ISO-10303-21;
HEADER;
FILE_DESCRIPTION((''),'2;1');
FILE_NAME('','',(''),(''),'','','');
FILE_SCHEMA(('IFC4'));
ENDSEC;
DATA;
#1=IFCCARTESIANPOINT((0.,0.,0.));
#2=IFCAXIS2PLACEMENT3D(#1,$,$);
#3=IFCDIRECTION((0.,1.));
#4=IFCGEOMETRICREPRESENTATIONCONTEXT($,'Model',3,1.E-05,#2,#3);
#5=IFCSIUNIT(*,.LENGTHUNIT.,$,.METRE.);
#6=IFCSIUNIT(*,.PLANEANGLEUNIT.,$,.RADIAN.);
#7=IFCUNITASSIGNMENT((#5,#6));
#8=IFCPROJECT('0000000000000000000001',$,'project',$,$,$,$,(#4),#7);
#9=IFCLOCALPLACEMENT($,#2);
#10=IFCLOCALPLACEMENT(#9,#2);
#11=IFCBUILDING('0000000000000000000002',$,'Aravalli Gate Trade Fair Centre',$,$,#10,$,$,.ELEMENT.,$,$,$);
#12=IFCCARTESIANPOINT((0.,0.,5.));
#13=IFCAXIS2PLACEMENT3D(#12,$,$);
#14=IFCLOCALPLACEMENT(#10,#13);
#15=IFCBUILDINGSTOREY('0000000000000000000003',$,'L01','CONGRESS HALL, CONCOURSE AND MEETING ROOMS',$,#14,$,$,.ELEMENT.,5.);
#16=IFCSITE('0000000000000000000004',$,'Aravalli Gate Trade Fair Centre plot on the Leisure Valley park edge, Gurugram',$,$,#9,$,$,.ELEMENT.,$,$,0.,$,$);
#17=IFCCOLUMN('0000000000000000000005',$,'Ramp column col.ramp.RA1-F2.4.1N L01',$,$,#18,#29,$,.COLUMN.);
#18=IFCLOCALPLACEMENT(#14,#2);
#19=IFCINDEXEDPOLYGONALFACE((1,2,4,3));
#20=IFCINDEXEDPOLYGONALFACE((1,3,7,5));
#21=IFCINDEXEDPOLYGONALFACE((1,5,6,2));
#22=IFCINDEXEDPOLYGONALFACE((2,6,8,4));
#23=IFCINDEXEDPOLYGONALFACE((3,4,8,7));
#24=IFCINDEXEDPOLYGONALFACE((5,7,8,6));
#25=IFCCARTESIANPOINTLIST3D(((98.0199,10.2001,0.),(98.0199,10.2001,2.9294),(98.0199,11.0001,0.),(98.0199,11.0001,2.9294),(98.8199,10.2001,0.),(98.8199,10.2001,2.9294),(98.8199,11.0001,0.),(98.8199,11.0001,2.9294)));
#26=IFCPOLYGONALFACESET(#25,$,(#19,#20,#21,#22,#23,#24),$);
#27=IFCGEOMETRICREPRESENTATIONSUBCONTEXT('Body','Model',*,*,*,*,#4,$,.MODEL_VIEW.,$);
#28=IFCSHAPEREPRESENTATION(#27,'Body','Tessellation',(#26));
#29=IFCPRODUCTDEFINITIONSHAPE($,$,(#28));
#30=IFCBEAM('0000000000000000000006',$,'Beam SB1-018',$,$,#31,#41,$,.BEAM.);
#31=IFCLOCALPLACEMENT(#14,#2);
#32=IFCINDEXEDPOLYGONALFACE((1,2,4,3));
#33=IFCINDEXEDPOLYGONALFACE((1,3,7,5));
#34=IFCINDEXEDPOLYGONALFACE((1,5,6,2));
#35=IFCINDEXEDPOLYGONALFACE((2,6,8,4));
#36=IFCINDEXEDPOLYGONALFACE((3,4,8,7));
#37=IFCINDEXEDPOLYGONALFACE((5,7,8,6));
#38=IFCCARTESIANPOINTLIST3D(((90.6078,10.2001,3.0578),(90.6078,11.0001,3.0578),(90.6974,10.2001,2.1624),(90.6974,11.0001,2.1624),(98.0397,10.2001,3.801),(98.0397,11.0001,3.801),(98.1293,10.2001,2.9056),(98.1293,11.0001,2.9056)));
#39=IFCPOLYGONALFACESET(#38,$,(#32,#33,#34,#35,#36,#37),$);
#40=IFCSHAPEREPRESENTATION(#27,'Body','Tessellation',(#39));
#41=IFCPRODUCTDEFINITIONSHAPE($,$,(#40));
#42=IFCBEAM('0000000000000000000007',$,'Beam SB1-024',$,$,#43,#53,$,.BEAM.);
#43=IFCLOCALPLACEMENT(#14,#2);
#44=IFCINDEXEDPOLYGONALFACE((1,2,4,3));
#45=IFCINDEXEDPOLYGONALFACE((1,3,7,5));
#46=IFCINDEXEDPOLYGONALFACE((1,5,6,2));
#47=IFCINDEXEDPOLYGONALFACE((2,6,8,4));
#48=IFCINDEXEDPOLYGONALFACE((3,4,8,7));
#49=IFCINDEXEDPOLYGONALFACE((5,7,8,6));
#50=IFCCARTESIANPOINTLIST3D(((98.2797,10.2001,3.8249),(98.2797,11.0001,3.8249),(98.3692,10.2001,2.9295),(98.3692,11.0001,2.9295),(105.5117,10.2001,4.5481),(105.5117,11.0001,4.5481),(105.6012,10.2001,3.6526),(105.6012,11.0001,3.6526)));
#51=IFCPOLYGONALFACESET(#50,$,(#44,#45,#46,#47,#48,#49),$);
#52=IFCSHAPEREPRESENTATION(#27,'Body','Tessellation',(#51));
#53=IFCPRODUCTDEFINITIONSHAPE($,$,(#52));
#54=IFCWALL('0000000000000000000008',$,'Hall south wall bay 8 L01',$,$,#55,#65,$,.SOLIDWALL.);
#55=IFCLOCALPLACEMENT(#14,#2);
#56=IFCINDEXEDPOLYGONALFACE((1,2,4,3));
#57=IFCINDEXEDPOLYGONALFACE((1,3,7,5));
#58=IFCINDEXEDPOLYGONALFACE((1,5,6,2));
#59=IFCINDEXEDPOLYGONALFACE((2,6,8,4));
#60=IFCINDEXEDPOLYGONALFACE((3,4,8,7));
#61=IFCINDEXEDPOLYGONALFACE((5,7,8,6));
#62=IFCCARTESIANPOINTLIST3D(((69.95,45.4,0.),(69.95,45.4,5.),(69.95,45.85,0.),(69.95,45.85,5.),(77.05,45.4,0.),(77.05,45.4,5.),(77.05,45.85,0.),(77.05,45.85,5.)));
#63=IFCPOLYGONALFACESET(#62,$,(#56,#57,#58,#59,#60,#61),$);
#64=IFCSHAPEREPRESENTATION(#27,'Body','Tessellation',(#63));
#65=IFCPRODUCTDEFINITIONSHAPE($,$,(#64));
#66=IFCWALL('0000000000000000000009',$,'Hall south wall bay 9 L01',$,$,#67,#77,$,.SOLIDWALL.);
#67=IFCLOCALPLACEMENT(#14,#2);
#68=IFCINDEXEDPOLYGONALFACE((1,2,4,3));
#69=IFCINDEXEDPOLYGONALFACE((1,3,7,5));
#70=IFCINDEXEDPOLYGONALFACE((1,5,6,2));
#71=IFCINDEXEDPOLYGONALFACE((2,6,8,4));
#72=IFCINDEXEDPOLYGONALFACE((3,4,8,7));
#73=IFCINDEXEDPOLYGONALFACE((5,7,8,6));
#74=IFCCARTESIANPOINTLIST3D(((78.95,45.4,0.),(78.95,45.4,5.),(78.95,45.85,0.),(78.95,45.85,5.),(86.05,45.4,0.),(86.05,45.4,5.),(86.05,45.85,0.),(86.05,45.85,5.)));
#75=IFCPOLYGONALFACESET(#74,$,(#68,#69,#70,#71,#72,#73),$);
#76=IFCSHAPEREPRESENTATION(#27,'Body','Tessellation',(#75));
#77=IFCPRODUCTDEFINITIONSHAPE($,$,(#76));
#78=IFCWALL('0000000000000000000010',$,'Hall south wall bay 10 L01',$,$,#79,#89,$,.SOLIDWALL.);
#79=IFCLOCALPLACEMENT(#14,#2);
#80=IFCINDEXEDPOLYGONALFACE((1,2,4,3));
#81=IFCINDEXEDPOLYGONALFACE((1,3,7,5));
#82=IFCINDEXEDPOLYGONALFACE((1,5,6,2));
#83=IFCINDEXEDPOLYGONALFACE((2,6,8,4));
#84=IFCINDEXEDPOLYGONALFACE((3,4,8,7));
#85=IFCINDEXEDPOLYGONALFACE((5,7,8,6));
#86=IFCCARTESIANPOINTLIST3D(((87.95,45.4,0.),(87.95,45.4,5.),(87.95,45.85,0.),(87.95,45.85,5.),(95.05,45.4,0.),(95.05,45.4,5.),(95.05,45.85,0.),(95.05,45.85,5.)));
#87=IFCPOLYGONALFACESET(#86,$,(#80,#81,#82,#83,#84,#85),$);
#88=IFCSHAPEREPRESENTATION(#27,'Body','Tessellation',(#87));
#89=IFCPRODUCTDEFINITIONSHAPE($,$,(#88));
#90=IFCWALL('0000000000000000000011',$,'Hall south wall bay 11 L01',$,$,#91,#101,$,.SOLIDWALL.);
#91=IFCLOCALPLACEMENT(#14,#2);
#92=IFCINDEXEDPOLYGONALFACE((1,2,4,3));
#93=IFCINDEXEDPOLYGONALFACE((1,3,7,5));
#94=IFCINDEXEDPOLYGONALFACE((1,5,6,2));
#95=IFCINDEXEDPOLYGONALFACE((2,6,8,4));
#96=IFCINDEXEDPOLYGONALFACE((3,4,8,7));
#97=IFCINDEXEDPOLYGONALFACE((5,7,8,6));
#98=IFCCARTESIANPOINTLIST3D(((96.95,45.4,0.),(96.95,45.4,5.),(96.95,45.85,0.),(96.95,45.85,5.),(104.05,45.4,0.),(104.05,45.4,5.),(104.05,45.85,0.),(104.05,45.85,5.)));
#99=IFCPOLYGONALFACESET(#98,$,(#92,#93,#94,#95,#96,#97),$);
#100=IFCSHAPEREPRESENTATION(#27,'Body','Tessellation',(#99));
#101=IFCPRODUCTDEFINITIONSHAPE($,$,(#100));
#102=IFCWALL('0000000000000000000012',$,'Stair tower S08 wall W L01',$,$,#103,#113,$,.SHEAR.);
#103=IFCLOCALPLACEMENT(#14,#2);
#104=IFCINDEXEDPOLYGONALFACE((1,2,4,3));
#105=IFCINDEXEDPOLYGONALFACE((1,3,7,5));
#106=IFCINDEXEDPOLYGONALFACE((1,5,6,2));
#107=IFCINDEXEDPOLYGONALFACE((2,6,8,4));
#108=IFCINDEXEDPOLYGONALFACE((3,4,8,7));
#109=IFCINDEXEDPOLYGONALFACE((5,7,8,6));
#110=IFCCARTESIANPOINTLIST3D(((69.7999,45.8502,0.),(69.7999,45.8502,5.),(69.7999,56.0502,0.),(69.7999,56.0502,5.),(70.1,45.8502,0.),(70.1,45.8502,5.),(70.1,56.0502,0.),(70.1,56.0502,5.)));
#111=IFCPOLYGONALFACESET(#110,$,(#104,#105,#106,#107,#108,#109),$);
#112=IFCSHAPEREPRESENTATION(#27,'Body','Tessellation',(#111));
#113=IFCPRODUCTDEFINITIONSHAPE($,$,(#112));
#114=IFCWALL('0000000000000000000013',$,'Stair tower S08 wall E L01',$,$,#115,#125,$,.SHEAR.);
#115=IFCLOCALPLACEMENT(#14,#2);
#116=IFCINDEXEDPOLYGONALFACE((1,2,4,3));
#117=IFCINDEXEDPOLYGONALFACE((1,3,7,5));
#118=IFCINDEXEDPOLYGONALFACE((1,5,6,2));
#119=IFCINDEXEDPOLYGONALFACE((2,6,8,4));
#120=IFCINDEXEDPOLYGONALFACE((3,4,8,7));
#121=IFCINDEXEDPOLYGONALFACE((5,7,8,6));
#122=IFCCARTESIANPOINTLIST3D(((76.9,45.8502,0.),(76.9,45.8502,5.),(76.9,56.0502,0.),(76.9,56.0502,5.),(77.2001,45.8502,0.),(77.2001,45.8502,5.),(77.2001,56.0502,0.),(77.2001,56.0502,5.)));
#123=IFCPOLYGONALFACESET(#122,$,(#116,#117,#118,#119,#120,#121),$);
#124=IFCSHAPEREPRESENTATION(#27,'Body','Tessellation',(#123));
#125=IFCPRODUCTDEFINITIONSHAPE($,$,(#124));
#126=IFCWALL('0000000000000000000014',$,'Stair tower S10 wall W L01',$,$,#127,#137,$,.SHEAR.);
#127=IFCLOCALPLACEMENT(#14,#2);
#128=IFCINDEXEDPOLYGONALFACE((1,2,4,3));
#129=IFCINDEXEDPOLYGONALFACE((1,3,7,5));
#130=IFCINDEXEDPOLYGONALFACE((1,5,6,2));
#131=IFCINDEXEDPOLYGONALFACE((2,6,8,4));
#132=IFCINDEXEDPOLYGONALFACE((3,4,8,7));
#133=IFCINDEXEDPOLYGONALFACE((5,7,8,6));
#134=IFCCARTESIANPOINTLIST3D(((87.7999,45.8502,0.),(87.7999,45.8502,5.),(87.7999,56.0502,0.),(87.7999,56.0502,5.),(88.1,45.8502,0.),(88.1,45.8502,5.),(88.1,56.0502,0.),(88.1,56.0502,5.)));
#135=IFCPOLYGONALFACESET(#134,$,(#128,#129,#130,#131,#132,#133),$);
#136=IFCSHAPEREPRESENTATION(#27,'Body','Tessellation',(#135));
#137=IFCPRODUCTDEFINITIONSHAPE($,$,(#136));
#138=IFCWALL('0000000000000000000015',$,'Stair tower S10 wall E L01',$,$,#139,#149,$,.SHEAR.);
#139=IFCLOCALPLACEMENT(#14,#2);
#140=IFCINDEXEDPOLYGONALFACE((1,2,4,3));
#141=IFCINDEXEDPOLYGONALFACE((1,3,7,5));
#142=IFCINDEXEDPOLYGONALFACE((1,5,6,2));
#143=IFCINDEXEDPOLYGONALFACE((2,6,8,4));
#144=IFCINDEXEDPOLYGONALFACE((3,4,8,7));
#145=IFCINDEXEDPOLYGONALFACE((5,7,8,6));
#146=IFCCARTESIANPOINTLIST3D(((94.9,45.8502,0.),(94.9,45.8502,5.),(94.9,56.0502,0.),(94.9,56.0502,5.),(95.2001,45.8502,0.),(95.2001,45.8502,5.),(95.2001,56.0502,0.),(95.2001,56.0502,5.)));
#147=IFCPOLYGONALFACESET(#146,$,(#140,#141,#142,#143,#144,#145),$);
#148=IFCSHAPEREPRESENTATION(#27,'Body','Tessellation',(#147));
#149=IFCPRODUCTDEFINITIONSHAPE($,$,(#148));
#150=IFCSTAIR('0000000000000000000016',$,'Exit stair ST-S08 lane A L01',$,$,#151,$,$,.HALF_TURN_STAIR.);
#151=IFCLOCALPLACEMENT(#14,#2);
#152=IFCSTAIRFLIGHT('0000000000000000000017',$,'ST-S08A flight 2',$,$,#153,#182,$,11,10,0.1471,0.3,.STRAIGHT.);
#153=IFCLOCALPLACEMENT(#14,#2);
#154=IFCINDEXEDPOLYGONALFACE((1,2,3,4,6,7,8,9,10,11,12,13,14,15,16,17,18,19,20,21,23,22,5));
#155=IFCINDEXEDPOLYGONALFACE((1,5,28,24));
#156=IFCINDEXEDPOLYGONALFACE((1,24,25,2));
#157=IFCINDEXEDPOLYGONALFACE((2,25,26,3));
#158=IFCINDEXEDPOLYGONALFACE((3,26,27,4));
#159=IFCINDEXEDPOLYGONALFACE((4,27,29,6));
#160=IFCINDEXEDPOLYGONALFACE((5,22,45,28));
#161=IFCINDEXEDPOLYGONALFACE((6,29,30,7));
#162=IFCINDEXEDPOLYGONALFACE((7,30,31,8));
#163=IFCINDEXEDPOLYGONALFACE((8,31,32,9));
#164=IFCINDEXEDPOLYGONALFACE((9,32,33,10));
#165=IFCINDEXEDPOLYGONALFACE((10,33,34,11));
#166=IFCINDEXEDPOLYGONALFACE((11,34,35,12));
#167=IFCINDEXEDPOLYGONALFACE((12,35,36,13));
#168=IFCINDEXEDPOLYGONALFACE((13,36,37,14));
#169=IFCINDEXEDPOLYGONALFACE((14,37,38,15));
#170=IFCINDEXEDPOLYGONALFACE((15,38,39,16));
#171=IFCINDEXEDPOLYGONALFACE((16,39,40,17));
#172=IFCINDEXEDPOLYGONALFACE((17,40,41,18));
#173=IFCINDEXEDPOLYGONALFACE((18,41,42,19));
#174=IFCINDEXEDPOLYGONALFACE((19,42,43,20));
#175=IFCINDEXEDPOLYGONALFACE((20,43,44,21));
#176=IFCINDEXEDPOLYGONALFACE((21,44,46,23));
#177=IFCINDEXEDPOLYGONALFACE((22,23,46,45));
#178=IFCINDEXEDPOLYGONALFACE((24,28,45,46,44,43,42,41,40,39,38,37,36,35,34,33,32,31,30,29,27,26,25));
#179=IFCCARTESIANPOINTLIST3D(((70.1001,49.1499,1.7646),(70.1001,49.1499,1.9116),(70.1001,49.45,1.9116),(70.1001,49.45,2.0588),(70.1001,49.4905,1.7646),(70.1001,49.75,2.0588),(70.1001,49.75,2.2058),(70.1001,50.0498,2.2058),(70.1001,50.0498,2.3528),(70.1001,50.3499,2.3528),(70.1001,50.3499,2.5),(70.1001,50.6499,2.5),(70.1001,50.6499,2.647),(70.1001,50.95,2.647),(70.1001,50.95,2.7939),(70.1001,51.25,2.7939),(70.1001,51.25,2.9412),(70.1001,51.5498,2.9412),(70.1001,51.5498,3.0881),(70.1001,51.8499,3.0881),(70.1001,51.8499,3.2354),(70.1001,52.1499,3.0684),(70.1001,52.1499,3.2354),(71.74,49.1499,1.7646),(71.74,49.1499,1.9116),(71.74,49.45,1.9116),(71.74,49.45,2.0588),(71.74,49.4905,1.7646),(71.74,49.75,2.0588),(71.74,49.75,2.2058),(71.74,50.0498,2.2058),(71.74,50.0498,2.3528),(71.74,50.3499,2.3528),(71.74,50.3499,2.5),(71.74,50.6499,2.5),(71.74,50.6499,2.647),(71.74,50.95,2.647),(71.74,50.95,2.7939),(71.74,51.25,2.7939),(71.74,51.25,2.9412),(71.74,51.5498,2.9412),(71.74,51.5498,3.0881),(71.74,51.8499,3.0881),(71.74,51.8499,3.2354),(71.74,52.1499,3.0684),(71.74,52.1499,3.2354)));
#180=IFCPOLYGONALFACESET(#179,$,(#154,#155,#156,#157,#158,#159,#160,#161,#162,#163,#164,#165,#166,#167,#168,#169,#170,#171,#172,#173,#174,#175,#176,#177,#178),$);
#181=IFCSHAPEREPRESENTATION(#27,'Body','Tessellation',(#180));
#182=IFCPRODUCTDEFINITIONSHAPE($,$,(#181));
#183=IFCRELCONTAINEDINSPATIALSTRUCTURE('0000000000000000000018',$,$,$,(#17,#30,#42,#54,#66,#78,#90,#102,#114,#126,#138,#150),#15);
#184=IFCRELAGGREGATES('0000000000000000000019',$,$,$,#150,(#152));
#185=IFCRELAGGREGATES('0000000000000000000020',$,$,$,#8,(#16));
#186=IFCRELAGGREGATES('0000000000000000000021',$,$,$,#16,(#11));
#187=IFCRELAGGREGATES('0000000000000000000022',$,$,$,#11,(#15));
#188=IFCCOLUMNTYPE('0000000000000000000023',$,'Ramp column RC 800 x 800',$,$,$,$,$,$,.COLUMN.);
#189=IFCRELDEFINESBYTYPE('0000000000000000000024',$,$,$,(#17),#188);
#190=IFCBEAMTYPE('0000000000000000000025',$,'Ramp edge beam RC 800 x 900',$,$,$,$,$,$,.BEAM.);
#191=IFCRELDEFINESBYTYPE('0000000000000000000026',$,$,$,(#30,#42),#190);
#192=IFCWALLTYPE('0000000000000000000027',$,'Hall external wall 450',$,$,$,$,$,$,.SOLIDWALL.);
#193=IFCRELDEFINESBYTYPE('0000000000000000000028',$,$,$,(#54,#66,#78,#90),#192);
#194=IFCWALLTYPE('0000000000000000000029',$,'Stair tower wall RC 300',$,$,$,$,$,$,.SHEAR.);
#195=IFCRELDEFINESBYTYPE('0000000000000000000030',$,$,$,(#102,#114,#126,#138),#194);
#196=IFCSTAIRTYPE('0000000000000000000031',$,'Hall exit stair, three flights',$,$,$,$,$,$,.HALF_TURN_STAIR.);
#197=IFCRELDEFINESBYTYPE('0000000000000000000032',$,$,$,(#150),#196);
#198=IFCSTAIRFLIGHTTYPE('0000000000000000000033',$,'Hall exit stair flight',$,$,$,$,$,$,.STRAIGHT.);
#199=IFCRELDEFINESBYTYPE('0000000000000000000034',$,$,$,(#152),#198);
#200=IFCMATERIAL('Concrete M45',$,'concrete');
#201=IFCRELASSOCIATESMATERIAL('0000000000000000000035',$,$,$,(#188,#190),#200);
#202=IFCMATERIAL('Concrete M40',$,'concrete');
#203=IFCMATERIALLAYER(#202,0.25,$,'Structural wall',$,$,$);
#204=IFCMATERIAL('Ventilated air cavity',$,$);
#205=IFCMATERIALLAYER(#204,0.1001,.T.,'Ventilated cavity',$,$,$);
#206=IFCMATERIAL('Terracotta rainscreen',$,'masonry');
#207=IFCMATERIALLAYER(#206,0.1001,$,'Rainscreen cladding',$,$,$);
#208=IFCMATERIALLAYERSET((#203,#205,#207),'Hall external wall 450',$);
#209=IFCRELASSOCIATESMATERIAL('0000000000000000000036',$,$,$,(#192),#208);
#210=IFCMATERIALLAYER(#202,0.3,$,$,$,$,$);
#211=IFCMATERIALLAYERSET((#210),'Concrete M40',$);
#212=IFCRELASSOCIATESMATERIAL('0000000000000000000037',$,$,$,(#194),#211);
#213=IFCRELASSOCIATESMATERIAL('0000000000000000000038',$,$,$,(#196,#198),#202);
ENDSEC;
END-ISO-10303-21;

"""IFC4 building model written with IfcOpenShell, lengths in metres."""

from ifc_helpers import new_model, si_unit, direction, frame, frame_2d, origin, origin_2d, place, context, subcontext, project, spatial, polyline, rectangle, outline, extrude, material, layer, layer_set, material_profile, profile_set, type_object, element, aggregate, save


model = new_model("IFC4")

# Units and contexts
model_context = context("Model", 3, precision=1e-05, world=origin(), true_north=direction((0.0, 1.0)))
body_context = subcontext(model_context, "Body", "Model", "MODEL_VIEW")
ifc_project = project(units=[si_unit("LENGTHUNIT", "METRE"), si_unit("PLANEANGLEUNIT", "RADIAN")], contexts=[model_context])

# Site, building, storey
site_placement = place(None, origin())
site = spatial("IfcSite", under=ifc_project, at=site_placement, Name="Aravalli Gate Trade Fair Centre plot on the Leisure Valley park edge, Gurugram", CompositionType="ELEMENT", RefElevation=0.0)
building_placement = place(site_placement, origin())
building = spatial("IfcBuilding", under=site, at=building_placement, Name="Aravalli Gate Trade Fair Centre", CompositionType="ELEMENT")
storey_placement = place(building_placement, frame((0.0, 0.0, 5.0)))
storey = spatial("IfcBuildingStorey", under=building, at=storey_placement, Name="L01", Description="CONGRESS HALL, CONCOURSE AND MEETING ROOMS", CompositionType="ELEMENT", Elevation=5.0)

# Column
ifc_material_1 = material(Name="Concrete M45", Category="concrete")
ifc_material_profile_1 = material_profile(ifc_material_1, rectangle(XDim=0.8, YDim=0.8, at=origin_2d()), Name="Ramp column RC 800 x 800")
ifc_profile_set_1 = profile_set([ifc_material_profile_1], Name="Concrete M45")
column_type_1 = type_object("IfcColumnType", Name="Ramp column RC 800 x 800", PredefinedType="COLUMN", material=ifc_profile_set_1)
column_1_placement = place(storey_placement, frame((98.4199, 10.6001, 0.0), z_axis=(0.0, 0.0, 1.0), x_axis=(1.0, 0.0, 0.0)))
element("IfcColumn", 1, at=column_1_placement, inside=storey, type_object=column_type_1, Name="Ramp column col.ramp.RA1-F2.4.1N L01", PredefinedType="COLUMN", context=body_context, shape_type="SweptSolid", body=[
    extrude(rectangle(XDim=0.8, YDim=0.8, at=origin_2d()), origin(), (0.0, 0.0, 1.0), 2.9294),
])

# Beams
ifc_material_profile_2 = material_profile(ifc_material_1, rectangle(XDim=0.8, YDim=0.8999, at=origin_2d()), Name="Ramp edge beam RC 800 x 900")
ifc_profile_set_2 = profile_set([ifc_material_profile_2], Name="Concrete M45")
beam_type = type_object("IfcBeamType", Name="Ramp edge beam RC 800 x 900", PredefinedType="BEAM", material=ifc_profile_set_2)
beam_1_placement = place(storey_placement, frame((90.6526, 10.6001, 2.6101), z_axis=(0.995038, 0.0, 0.0995), x_axis=(0.0, 1.0, 0.0)))
element("IfcBeam", 2, at=beam_1_placement, inside=storey, type_object=beam_type, Name="Beam SB1-018", PredefinedType="BEAM", context=body_context, shape_type="SweptSolid", body=[
    extrude(rectangle(XDim=0.8, YDim=0.8999, at=origin_2d()), origin(), (0.0, 0.0, 1.0), 7.469),
])
beam_2_placement = place(storey_placement, frame((98.3245, 10.6001, 3.3772), z_axis=(0.995038, 0.0, 0.099497), x_axis=(0.0, 1.0, 0.0)))
element("IfcBeam", 3, at=beam_2_placement, inside=storey, type_object=beam_type, Name="Beam SB1-024", PredefinedType="BEAM", context=body_context, shape_type="SweptSolid", body=[
    extrude(rectangle(XDim=0.8, YDim=0.8999, at=origin_2d()), origin(), (0.0, 0.0, 1.0), 7.2681),
])

# Walls
ifc_material_2 = material(Name="Concrete M40", Category="concrete")
ifc_layer_1 = layer(ifc_material_2, 0.25, Name="Structural wall")
ifc_material_3 = material(Name="Ventilated air cavity")
ifc_layer_2 = layer(ifc_material_3, 0.1001, ventilated=True, Name="Ventilated cavity")
ifc_material_4 = material(Name="Terracotta rainscreen", Category="masonry")
ifc_layer_3 = layer(ifc_material_4, 0.1001, Name="Rainscreen cladding")
ifc_layer_set_1 = layer_set([ifc_layer_1, ifc_layer_2, ifc_layer_3], Name="Hall external wall 450")
wall_type_1 = type_object("IfcWallType", Name="Hall external wall 450", PredefinedType="SOLIDWALL", material=ifc_layer_set_1)
for number, where, z_axis, x_axis, name in (
    (4, (69.95, 45.625, 0.0), (0.0, 0.0, 1.0), (1.0, 0.0, 0.0), "Hall south wall bay 8 L01"),
    (5, (78.95, 45.625, 0.0), (0.0, 0.0, 1.0), (1.0, 0.0, 0.0), "Hall south wall bay 9 L01"),
    (6, (87.95, 45.625, 0.0), (0.0, 0.0, 1.0), (1.0, 0.0, 0.0), "Hall south wall bay 10 L01"),
    (7, (96.95, 45.625, 0.0), (0.0, 0.0, 1.0), (1.0, 0.0, 0.0), "Hall south wall bay 11 L01"),
):
    element("IfcWall", number, at=place(storey_placement, frame(where, z_axis=z_axis, x_axis=x_axis)), inside=storey, type_object=wall_type_1, Name=name, PredefinedType="SOLIDWALL", context=body_context, shape_type="SweptSolid", body=[
        extrude(rectangle(XDim=7.1001, YDim=0.45, at=frame_2d((3.55, 0.0))), origin(), (0.0, 0.0, 1.0), 5.0),
    ])
ifc_layer_4 = layer(ifc_material_2, 0.3)
ifc_layer_set_2 = layer_set([ifc_layer_4], Name="Concrete M40")
wall_type_2 = type_object("IfcWallType", Name="Stair tower wall RC 300", PredefinedType="SHEAR", material=ifc_layer_set_2)
for number, where, z_axis, x_axis, name in (
    (8, (69.95, 45.8501, 0.0), (0.0, 0.0, 1.0), (0.0, 1.0, 0.0), "Stair tower S08 wall W L01"),
    (9, (77.05, 45.8501, 0.0), (0.0, 0.0, 1.0), (0.0, 1.0, 0.0), "Stair tower S08 wall E L01"),
    (10, (87.95, 45.8501, 0.0), (0.0, 0.0, 1.0), (0.0, 1.0, 0.0), "Stair tower S10 wall W L01"),
    (11, (95.05, 45.8501, 0.0), (0.0, 0.0, 1.0), (0.0, 1.0, 0.0), "Stair tower S10 wall E L01"),
):
    element("IfcWall", number, at=place(storey_placement, frame(where, z_axis=z_axis, x_axis=x_axis)), inside=storey, type_object=wall_type_2, Name=name, PredefinedType="SHEAR", context=body_context, shape_type="SweptSolid", body=[
        extrude(rectangle(XDim=10.2, YDim=0.3, at=frame_2d((5.1001, 0.0))), origin(), (0.0, 0.0, 1.0), 5.0),
    ])

# Stair, stair flight
stair_type = type_object("IfcStairType", Name="Hall exit stair, three flights", PredefinedType="HALF_TURN_STAIR", material=ifc_material_2)
stair_1_placement = place(storey_placement, origin())
stair_1 = element("IfcStair", 12, at=stair_1_placement, inside=storey, type_object=stair_type, Name="Exit stair ST-S08 lane A L01", PredefinedType="HALF_TURN_STAIR")
stair_flight_type = type_object("IfcStairFlightType", Name="Hall exit stair flight", PredefinedType="STRAIGHT", material=ifc_material_2)
stair_flight_1_placement = place(storey_placement, frame((70.9199, 49.1499, 1.7646), z_axis=(0.0, 0.0, 1.0), x_axis=(0.0, 1.0, 0.0)))
stair_flight_1 = element("IfcStairFlight", 13, at=stair_flight_1_placement, type_object=stair_flight_type, Name="ST-S08A flight 2", NumberOfRisers=11, NumberOfTreads=10, PredefinedType="STRAIGHT", RiserHeight=0.1471, TreadLength=0.3, context=body_context, shape_type="SweptSolid", body=[
    extrude(outline(polyline([(0.0, 0.0), (0.0, 0.147), (0.3, 0.147), (0.3, 0.2942), (0.6001, 0.2942), (0.6001, 0.4412), (0.8999, 0.4412), (0.8999, 0.5881), (1.2, 0.5881), (1.2, 0.7354), (1.5, 0.7354), (1.5, 0.8823), (1.8, 0.8823), (1.8, 1.0293), (2.1001, 1.0293), (2.1001, 1.1765), (2.3999, 1.1765), (2.3999, 1.3235), (2.7, 1.3235), (2.7, 1.4707), (3.0, 1.4707), (3.0, 1.6177), (3.0, 1.3037), (0.3406, 0.0), (0.0, 0.0)])), frame((0.0, 0.8198, 0.0), z_axis=(0.0, -1.0, 0.0), x_axis=(1.0, 0.0, 0.0)), (0.0, 0.0, 1.0), 1.6399),
])
aggregate(stair_1, [stair_flight_1])

save(model, "model.ifc")
